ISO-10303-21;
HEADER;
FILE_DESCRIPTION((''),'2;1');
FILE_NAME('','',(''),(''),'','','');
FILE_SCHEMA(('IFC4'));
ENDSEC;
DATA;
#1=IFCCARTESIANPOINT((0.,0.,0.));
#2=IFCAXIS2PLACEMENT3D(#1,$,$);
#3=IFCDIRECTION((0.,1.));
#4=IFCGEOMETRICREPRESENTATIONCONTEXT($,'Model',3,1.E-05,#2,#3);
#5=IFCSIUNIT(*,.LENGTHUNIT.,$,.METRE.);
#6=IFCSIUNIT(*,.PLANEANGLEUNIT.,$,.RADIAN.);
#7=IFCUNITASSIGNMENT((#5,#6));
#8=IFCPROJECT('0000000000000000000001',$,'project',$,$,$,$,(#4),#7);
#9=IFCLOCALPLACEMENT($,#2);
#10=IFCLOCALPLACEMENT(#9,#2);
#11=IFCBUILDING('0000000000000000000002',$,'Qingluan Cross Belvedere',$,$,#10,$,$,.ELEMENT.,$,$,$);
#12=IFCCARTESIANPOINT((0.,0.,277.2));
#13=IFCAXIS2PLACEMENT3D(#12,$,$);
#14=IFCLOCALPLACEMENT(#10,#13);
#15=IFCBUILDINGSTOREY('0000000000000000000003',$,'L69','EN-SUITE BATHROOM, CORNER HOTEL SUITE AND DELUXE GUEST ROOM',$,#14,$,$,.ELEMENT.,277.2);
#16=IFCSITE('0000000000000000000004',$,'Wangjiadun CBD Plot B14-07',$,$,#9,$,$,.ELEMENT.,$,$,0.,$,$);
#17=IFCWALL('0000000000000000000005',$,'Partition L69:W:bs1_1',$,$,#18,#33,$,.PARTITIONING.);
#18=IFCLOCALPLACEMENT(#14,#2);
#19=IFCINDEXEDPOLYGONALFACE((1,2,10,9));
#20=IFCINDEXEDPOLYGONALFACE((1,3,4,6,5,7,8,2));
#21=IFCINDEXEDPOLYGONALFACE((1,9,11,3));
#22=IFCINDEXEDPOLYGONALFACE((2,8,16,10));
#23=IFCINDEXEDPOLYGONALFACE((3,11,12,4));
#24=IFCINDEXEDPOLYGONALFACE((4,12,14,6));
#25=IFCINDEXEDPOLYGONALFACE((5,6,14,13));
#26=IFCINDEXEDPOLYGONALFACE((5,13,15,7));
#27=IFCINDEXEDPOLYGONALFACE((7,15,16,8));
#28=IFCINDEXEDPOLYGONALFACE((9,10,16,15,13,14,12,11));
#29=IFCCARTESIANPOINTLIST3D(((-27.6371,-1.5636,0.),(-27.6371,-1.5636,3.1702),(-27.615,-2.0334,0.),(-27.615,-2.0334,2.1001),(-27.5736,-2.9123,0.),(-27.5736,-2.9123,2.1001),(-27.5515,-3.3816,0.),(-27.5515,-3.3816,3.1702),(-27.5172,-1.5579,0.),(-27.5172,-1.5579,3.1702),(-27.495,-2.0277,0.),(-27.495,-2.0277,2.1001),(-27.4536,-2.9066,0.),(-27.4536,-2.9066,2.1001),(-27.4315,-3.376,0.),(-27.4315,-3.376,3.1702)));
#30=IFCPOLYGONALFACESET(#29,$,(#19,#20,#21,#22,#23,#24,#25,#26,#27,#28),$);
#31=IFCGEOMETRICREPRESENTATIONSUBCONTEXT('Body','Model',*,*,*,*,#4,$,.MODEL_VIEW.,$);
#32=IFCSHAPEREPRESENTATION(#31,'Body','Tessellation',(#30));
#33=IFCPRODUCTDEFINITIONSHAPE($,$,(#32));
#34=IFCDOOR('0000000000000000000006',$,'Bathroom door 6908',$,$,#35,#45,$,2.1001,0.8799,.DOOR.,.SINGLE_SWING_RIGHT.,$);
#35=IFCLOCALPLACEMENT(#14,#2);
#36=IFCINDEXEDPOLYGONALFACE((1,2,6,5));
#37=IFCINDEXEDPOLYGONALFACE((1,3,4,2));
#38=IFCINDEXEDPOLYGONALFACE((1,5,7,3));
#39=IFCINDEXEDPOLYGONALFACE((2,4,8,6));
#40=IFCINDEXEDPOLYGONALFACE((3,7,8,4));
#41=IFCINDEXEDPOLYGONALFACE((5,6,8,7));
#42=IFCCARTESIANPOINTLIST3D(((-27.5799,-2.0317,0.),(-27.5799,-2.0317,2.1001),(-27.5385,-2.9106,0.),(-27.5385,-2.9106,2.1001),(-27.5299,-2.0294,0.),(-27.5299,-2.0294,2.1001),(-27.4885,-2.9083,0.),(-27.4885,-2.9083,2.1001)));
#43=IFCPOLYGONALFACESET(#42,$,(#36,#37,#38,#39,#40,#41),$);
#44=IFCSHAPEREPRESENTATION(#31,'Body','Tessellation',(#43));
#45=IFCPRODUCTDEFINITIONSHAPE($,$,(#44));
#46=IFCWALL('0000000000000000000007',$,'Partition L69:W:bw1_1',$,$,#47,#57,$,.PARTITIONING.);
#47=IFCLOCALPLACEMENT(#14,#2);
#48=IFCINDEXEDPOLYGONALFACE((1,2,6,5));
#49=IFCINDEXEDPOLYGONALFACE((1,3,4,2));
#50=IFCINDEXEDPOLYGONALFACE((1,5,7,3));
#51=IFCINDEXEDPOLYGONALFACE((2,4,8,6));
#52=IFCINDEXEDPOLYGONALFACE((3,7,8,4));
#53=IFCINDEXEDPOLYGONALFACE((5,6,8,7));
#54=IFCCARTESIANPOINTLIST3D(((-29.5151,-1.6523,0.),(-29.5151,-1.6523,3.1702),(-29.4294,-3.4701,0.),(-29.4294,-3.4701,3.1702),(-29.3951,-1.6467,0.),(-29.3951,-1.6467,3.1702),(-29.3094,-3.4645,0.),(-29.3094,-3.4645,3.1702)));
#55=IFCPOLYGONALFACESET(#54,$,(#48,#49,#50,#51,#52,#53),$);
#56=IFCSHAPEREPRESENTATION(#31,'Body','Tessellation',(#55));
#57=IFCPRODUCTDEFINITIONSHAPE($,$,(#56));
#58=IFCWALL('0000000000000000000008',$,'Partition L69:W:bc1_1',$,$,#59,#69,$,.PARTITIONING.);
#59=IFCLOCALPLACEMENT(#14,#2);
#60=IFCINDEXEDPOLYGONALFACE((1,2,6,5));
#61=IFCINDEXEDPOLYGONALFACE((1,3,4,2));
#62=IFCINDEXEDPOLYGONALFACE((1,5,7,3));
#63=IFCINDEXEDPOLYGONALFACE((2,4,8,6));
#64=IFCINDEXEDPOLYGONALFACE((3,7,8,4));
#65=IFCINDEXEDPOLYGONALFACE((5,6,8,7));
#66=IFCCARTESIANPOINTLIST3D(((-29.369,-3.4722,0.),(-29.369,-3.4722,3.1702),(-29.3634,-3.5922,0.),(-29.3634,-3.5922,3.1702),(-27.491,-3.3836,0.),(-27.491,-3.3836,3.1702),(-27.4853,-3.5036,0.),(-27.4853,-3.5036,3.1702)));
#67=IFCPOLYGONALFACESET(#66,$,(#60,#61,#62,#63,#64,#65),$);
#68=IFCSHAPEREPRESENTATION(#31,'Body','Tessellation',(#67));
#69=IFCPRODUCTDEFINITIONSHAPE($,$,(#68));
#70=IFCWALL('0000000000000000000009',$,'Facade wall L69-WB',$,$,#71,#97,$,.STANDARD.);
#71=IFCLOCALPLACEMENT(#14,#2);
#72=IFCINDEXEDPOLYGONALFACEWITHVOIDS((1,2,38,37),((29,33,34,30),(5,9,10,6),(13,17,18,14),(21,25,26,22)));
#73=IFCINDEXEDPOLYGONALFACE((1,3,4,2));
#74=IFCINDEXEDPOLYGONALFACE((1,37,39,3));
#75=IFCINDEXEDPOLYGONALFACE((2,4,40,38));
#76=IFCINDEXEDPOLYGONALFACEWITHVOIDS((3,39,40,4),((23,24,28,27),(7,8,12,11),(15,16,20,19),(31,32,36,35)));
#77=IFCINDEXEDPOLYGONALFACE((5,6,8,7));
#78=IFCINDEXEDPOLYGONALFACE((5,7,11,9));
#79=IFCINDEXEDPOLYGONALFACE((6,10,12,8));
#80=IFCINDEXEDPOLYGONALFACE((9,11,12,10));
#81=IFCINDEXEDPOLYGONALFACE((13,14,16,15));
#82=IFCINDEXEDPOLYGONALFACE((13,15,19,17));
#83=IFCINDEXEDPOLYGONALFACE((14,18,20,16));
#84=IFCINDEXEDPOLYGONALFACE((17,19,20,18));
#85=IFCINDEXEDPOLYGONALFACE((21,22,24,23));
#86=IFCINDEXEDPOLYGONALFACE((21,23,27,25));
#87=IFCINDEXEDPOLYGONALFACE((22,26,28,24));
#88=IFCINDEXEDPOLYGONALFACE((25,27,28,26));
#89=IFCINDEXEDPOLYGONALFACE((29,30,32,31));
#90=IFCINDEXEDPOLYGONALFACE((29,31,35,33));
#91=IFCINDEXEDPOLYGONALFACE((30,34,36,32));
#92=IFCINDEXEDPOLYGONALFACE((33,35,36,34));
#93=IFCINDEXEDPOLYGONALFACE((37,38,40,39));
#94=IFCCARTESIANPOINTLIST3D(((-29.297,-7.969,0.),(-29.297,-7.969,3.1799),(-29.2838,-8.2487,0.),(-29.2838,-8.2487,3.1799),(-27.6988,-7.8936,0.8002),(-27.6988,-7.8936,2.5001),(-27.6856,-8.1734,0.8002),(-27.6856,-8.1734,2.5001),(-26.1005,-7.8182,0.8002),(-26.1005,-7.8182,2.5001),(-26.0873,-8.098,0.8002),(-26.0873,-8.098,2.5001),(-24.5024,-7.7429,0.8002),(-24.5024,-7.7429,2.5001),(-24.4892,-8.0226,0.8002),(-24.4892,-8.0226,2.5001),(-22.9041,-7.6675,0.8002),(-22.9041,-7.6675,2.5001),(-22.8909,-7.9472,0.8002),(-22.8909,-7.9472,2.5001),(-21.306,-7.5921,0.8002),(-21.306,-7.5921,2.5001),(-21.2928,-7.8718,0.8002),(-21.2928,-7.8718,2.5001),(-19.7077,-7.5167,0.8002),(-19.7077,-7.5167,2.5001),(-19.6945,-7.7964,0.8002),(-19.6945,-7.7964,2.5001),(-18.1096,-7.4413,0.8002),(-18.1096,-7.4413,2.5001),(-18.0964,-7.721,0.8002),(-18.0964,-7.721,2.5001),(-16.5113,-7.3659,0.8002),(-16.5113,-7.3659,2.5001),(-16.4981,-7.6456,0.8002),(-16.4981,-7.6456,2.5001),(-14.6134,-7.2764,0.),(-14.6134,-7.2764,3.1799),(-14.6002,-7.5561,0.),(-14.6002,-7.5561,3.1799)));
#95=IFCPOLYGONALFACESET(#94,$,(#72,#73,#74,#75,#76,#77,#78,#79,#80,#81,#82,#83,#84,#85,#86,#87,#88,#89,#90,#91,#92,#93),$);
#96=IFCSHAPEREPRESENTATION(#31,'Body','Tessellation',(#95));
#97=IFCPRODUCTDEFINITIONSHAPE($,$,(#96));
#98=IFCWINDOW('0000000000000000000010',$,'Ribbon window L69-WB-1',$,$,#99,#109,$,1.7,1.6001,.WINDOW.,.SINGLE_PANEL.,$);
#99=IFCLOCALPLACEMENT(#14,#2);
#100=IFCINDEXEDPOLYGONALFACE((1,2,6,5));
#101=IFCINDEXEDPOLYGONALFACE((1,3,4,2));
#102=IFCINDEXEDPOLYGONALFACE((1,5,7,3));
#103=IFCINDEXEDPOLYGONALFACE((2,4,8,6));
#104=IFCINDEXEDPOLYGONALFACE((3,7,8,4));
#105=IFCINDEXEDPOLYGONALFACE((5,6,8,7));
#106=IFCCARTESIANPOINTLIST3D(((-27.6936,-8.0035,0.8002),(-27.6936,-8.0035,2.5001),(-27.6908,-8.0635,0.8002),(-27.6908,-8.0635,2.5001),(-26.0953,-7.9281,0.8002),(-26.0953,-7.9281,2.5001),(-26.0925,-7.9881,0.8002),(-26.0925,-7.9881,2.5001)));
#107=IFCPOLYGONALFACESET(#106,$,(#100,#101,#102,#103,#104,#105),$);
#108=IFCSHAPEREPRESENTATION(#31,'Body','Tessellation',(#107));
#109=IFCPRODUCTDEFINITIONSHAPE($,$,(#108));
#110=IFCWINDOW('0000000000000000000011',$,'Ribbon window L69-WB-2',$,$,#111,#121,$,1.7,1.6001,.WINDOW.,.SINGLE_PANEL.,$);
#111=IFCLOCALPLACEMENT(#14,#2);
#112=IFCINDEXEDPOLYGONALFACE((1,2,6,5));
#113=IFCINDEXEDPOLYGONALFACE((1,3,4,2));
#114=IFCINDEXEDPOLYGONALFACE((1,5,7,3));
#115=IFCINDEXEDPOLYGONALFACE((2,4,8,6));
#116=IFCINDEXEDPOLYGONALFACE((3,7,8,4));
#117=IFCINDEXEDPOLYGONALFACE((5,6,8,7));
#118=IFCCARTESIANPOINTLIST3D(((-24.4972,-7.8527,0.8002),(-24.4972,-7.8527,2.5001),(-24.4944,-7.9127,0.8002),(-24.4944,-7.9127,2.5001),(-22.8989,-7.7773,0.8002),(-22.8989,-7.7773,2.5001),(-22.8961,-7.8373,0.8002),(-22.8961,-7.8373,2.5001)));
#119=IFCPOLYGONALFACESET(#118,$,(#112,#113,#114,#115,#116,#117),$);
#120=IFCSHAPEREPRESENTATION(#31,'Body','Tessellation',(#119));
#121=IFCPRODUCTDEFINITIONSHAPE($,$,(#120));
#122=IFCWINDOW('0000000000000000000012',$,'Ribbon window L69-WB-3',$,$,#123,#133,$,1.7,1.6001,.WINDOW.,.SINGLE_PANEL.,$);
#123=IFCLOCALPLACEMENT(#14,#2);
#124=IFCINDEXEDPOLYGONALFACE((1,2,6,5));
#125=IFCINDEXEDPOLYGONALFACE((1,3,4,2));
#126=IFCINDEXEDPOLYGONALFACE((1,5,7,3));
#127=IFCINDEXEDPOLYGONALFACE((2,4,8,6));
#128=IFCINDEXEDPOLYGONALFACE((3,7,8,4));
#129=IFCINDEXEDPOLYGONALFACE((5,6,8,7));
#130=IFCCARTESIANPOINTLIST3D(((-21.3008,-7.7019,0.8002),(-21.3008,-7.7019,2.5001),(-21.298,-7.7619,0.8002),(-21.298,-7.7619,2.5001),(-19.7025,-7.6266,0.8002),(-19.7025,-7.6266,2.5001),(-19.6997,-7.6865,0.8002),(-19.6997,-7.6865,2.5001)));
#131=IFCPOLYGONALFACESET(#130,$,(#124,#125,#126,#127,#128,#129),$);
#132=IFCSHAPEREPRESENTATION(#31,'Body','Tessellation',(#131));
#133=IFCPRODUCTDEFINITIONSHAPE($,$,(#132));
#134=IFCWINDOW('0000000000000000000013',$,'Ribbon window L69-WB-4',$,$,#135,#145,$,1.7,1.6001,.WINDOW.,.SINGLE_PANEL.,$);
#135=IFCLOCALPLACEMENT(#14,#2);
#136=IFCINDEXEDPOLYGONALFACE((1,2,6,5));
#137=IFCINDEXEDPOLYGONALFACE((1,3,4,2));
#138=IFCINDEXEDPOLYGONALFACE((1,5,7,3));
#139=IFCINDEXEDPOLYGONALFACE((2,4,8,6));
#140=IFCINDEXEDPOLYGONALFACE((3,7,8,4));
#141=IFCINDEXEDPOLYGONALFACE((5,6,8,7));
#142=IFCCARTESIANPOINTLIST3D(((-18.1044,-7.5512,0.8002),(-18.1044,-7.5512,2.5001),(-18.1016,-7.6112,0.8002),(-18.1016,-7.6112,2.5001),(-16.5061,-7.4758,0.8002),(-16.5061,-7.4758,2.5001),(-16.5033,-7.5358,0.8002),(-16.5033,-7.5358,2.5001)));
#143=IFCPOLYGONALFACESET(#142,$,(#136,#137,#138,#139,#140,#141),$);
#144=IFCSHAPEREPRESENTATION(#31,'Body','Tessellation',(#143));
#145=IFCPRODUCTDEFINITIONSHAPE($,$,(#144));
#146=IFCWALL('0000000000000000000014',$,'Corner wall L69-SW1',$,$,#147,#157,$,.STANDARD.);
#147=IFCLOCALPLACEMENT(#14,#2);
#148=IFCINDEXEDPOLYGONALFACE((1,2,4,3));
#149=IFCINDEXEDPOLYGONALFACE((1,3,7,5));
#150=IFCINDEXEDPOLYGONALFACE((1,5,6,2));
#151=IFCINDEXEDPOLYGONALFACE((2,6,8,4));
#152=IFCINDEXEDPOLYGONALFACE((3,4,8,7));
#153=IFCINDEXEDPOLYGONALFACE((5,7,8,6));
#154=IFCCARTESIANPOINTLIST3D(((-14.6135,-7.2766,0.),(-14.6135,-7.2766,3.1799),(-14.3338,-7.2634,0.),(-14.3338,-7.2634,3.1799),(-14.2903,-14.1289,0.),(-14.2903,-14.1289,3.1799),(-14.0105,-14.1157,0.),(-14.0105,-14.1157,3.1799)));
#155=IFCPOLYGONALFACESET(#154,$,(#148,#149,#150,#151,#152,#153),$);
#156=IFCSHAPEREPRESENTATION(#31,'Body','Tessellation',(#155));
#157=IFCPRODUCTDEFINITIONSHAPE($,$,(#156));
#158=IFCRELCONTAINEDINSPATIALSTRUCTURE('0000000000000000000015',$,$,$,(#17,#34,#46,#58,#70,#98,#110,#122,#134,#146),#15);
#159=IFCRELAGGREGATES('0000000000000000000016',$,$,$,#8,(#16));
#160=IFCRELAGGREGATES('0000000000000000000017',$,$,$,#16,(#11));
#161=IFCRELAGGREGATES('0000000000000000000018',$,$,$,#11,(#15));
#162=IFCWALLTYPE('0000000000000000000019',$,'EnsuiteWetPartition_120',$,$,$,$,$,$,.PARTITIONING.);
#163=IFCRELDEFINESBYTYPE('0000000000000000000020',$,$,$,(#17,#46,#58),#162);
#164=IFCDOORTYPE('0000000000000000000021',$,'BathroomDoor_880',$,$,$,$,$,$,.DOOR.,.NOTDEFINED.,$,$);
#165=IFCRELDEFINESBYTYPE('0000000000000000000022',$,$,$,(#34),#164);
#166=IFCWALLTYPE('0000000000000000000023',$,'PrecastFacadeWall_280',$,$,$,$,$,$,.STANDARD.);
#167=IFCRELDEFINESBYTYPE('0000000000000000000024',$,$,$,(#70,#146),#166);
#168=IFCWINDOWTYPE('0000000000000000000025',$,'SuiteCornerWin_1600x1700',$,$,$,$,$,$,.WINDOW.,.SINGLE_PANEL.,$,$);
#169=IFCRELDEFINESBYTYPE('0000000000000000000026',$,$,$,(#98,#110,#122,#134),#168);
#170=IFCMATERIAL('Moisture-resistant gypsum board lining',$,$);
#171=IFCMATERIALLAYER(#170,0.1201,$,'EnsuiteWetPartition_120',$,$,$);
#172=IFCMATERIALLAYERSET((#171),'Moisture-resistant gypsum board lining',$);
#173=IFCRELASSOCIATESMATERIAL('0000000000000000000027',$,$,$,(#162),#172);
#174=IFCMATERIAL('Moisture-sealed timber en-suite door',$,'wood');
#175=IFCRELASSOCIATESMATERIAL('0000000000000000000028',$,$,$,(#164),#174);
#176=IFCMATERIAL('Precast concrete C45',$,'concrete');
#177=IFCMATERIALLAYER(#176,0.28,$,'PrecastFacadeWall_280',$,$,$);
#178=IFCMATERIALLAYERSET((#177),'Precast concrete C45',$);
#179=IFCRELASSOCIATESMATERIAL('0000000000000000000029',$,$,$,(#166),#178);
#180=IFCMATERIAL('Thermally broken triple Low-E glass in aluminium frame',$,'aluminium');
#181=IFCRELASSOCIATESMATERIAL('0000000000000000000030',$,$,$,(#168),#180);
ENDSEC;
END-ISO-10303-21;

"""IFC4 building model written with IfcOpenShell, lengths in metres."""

from ifc_helpers import new_model, si_unit, direction, frame, frame_2d, origin, place, context, subcontext, project, spatial, rectangle, extrude, material, layer, layer_set, type_object, element, fill, save


model = new_model("IFC4")

# Units and contexts
model_context = context("Model", 3, precision=1e-05, world=origin(), true_north=direction((0.0, 1.0)))
body_context = subcontext(model_context, "Body", "Model", "MODEL_VIEW")
ifc_project = project(units=[si_unit("LENGTHUNIT", "METRE"), si_unit("PLANEANGLEUNIT", "RADIAN")], contexts=[model_context])

# Site, building, storey
site_placement = place(None, origin())
site = spatial("IfcSite", under=ifc_project, at=site_placement, Name="Wangjiadun CBD Plot B14-07", CompositionType="ELEMENT", RefElevation=0.0)
building_placement = place(site_placement, origin())
building = spatial("IfcBuilding", under=site, at=building_placement, Name="Qingluan Cross Belvedere", CompositionType="ELEMENT")
storey_placement = place(building_placement, frame((0.0, 0.0, 277.2)))
storey = spatial("IfcBuildingStorey", under=building, at=storey_placement, Name="L69", Description="EN-SUITE BATHROOM, CORNER HOTEL SUITE AND DELUXE GUEST ROOM", CompositionType="ELEMENT", Elevation=277.2)

# Shared definitions
ifc_material_1 = material(Name="Moisture-resistant gypsum board lining")
ifc_layer_1 = layer(ifc_material_1, 0.1201, Name="EnsuiteWetPartition_120")
ifc_layer_set_1 = layer_set([ifc_layer_1], Name="Moisture-resistant gypsum board lining")
wall_type_1 = type_object("IfcWallType", Name="EnsuiteWetPartition_120", PredefinedType="PARTITIONING", material=ifc_layer_set_1)
ifc_material_2 = material(Name="Moisture-sealed timber en-suite door", Category="wood")
door_type_1 = type_object("IfcDoorType", Name="BathroomDoor_880", OperationType="NOTDEFINED", PredefinedType="DOOR", material=ifc_material_2)

# Wall, opening, door
wall_1_placement = place(storey_placement, frame((-27.4915, -3.3789, 0.0), z_axis=(0.0, 0.0, 1.0), x_axis=(-0.047081, 0.998891, 0.0)))
wall_1 = element("IfcWall", 1, at=wall_1_placement, inside=storey, type_object=wall_type_1, Name="Partition L69:W:bs1_1", PredefinedType="PARTITIONING", context=body_context, shape_type="SweptSolid", body=[
    extrude(rectangle(XDim=1.8201, YDim=0.1201, at=frame_2d((0.9102, 0.0))), origin(), (0.0, 0.0, 1.0), 3.1702),
])
opening_1_placement = place(wall_1_placement, frame((0.47, 0.0, 0.0)))
opening_1 = element("IfcOpeningElement", 2, at=opening_1_placement, cuts=wall_1, PredefinedType="OPENING", context=body_context, shape_type="SweptSolid", body=[
    extrude(rectangle(XDim=0.8799, YDim=2.1001, at=frame_2d((0.4399, 1.05))), frame((0.0, 0.0701, 0.0), z_axis=(0.0, -1.0, 0.0), x_axis=(1.0, 0.0, 0.0)), (0.0, 0.0, 1.0), 0.1401),
])
door_1_placement = place(opening_1_placement, origin())
door_1 = element("IfcDoor", 3, at=door_1_placement, inside=storey, type_object=door_type_1, Name="Bathroom door 6908", OperationType="SINGLE_SWING_RIGHT", OverallHeight=2.1001, OverallWidth=0.8799, PredefinedType="DOOR", context=body_context, shape_type="SweptSolid", body=[
    extrude(rectangle(XDim=0.8799, YDim=2.1001, at=frame_2d((0.4399, 1.05))), frame((0.0, 0.0249, 0.0), z_axis=(0.0, -1.0, 0.0), x_axis=(1.0, 0.0, 0.0)), (0.0, 0.0, 1.0), 0.05),
])
fill(opening_1, door_1)

# Walls
wall_2_placement = place(storey_placement, frame((-29.3694, -3.4673, 0.0), z_axis=(0.0, 0.0, 1.0), x_axis=(-0.047087, 0.998891, 0.0)))
element("IfcWall", 4, at=wall_2_placement, inside=storey, type_object=wall_type_1, Name="Partition L69:W:bw1_1", PredefinedType="PARTITIONING", context=body_context, shape_type="SweptSolid", body=[
    extrude(rectangle(XDim=1.8198, YDim=0.1201, at=frame_2d((0.9099, 0.0))), origin(), (0.0, 0.0, 1.0), 3.1702),
])
wall_3_placement = place(storey_placement, frame((-27.4883, -3.4436, 0.0), z_axis=(0.0, 0.0, 1.0), x_axis=(-0.998888, -0.047139, 0.0)))
element("IfcWall", 5, at=wall_3_placement, inside=storey, type_object=wall_type_1, Name="Partition L69:W:bc1_1", PredefinedType="PARTITIONING", context=body_context, shape_type="SweptSolid", body=[
    extrude(rectangle(XDim=1.8801, YDim=0.1201, at=frame_2d((0.9399, 0.0))), origin(), (0.0, 0.0, 1.0), 3.1702),
])

# Wall, openings, windows
ifc_material_3 = material(Name="Precast concrete C45", Category="concrete")
ifc_layer_2 = layer(ifc_material_3, 0.28, Name="PrecastFacadeWall_280")
ifc_layer_set_2 = layer_set([ifc_layer_2], Name="Precast concrete C45")
wall_type_2 = type_object("IfcWallType", Name="PrecastFacadeWall_280", PredefinedType="STANDARD", material=ifc_layer_set_2)
wall_4_placement = place(storey_placement, frame((-29.2905, -8.1089, 0.0), z_axis=(0.0, 0.0, 1.0), x_axis=(0.998889, 0.047118, 0.0)))
wall_4 = element("IfcWall", 6, at=wall_4_placement, inside=storey, type_object=wall_type_2, Name="Facade wall L69-WB", PredefinedType="STANDARD", context=body_context, shape_type="SweptSolid", body=[
    extrude(rectangle(XDim=14.7, YDim=0.28, at=frame_2d((7.3501, 0.0))), origin(), (0.0, 0.0, 1.0), 3.1799),
])
opening_2_placement = place(wall_4_placement, frame((1.6001, 0.0, 0.8)))
opening_2 = element("IfcOpeningElement", 7, at=opening_2_placement, cuts=wall_4, PredefinedType="OPENING", context=body_context, shape_type="SweptSolid", body=[
    extrude(rectangle(XDim=1.6001, YDim=1.7, at=frame_2d((0.8, 0.8501))), frame((0.0, 0.1499, 0.0), z_axis=(0.0, -1.0, 0.0), x_axis=(1.0, 0.0, 0.0)), (0.0, 0.0, 1.0), 0.3),
])
opening_3_placement = place(wall_4_placement, frame((4.8, 0.0, 0.8)))
opening_3 = element("IfcOpeningElement", 8, at=opening_3_placement, cuts=wall_4, PredefinedType="OPENING", context=body_context, shape_type="SweptSolid", body=[
    extrude(rectangle(XDim=1.6001, YDim=1.7, at=frame_2d((0.8, 0.8501))), frame((0.0, 0.1499, 0.0), z_axis=(0.0, -1.0, 0.0), x_axis=(1.0, 0.0, 0.0)), (0.0, 0.0, 1.0), 0.3),
])
opening_4_placement = place(wall_4_placement, frame((8.0, 0.0, 0.8)))
opening_4 = element("IfcOpeningElement", 9, at=opening_4_placement, cuts=wall_4, PredefinedType="OPENING", context=body_context, shape_type="SweptSolid", body=[
    extrude(rectangle(XDim=1.6001, YDim=1.7, at=frame_2d((0.8, 0.8501))), frame((0.0, 0.1499, 0.0), z_axis=(0.0, -1.0, 0.0), x_axis=(1.0, 0.0, 0.0)), (0.0, 0.0, 1.0), 0.3),
])
opening_5_placement = place(wall_4_placement, frame((11.2, 0.0, 0.8)))
opening_5 = element("IfcOpeningElement", 10, at=opening_5_placement, cuts=wall_4, PredefinedType="OPENING", context=body_context, shape_type="SweptSolid", body=[
    extrude(rectangle(XDim=1.6001, YDim=1.7, at=frame_2d((0.8, 0.8501))), frame((0.0, 0.1499, 0.0), z_axis=(0.0, -1.0, 0.0), x_axis=(1.0, 0.0, 0.0)), (0.0, 0.0, 1.0), 0.3),
])
ifc_material_4 = material(Name="Thermally broken triple Low-E glass in aluminium frame", Category="aluminium")
window_type = type_object("IfcWindowType", Name="SuiteCornerWin_1600x1700", PartitioningType="SINGLE_PANEL", PredefinedType="WINDOW", material=ifc_material_4)
window_1_placement = place(opening_2_placement, origin())
window_1 = element("IfcWindow", 11, at=window_1_placement, inside=storey, type_object=window_type, Name="Ribbon window L69-WB-1", OverallHeight=1.7, OverallWidth=1.6001, PartitioningType="SINGLE_PANEL", PredefinedType="WINDOW", context=body_context, shape_type="SweptSolid", body=[
    extrude(rectangle(XDim=1.6001, YDim=1.7, at=frame_2d((0.8, 0.8501))), frame((0.0, 0.03, 0.0), z_axis=(0.0, -1.0, 0.0), x_axis=(1.0, 0.0, 0.0)), (0.0, 0.0, 1.0), 0.0601),
])
fill(opening_2, window_1)
window_2_placement = place(opening_3_placement, origin())
window_2 = element("IfcWindow", 12, at=window_2_placement, inside=storey, type_object=window_type, Name="Ribbon window L69-WB-2", OverallHeight=1.7, OverallWidth=1.6001, PartitioningType="SINGLE_PANEL", PredefinedType="WINDOW", context=body_context, shape_type="SweptSolid", body=[
    extrude(rectangle(XDim=1.6001, YDim=1.7, at=frame_2d((0.8, 0.8501))), frame((0.0, 0.03, 0.0), z_axis=(0.0, -1.0, 0.0), x_axis=(1.0, 0.0, 0.0)), (0.0, 0.0, 1.0), 0.0601),
])
fill(opening_3, window_2)
window_3_placement = place(opening_4_placement, origin())
window_3 = element("IfcWindow", 13, at=window_3_placement, inside=storey, type_object=window_type, Name="Ribbon window L69-WB-3", OverallHeight=1.7, OverallWidth=1.6001, PartitioningType="SINGLE_PANEL", PredefinedType="WINDOW", context=body_context, shape_type="SweptSolid", body=[
    extrude(rectangle(XDim=1.6001, YDim=1.7, at=frame_2d((0.8, 0.8501))), frame((0.0, 0.03, 0.0), z_axis=(0.0, -1.0, 0.0), x_axis=(1.0, 0.0, 0.0)), (0.0, 0.0, 1.0), 0.0601),
])
fill(opening_4, window_3)
window_4_placement = place(opening_5_placement, origin())
window_4 = element("IfcWindow", 14, at=window_4_placement, inside=storey, type_object=window_type, Name="Ribbon window L69-WB-4", OverallHeight=1.7, OverallWidth=1.6001, PartitioningType="SINGLE_PANEL", PredefinedType="WINDOW", context=body_context, shape_type="SweptSolid", body=[
    extrude(rectangle(XDim=1.6001, YDim=1.7, at=frame_2d((0.8, 0.8501))), frame((0.0, 0.03, 0.0), z_axis=(0.0, -1.0, 0.0), x_axis=(1.0, 0.0, 0.0)), (0.0, 0.0, 1.0), 0.0601),
])
fill(opening_5, window_4)

# Wall
wall_5_placement = place(storey_placement, frame((-14.4736, -7.27, 0.0), z_axis=(0.0, 0.0, 1.0), x_axis=(0.04712, -0.998889, 0.0)))
element("IfcWall", 15, at=wall_5_placement, inside=storey, type_object=wall_type_2, Name="Corner wall L69-SW1", PredefinedType="STANDARD", context=body_context, shape_type="SweptSolid", body=[
    extrude(rectangle(XDim=6.8599, YDim=0.28, at=frame_2d((3.4299, 0.0))), origin(), (0.0, 0.0, 1.0), 3.1799),
])

save(model, "model.ifc")
